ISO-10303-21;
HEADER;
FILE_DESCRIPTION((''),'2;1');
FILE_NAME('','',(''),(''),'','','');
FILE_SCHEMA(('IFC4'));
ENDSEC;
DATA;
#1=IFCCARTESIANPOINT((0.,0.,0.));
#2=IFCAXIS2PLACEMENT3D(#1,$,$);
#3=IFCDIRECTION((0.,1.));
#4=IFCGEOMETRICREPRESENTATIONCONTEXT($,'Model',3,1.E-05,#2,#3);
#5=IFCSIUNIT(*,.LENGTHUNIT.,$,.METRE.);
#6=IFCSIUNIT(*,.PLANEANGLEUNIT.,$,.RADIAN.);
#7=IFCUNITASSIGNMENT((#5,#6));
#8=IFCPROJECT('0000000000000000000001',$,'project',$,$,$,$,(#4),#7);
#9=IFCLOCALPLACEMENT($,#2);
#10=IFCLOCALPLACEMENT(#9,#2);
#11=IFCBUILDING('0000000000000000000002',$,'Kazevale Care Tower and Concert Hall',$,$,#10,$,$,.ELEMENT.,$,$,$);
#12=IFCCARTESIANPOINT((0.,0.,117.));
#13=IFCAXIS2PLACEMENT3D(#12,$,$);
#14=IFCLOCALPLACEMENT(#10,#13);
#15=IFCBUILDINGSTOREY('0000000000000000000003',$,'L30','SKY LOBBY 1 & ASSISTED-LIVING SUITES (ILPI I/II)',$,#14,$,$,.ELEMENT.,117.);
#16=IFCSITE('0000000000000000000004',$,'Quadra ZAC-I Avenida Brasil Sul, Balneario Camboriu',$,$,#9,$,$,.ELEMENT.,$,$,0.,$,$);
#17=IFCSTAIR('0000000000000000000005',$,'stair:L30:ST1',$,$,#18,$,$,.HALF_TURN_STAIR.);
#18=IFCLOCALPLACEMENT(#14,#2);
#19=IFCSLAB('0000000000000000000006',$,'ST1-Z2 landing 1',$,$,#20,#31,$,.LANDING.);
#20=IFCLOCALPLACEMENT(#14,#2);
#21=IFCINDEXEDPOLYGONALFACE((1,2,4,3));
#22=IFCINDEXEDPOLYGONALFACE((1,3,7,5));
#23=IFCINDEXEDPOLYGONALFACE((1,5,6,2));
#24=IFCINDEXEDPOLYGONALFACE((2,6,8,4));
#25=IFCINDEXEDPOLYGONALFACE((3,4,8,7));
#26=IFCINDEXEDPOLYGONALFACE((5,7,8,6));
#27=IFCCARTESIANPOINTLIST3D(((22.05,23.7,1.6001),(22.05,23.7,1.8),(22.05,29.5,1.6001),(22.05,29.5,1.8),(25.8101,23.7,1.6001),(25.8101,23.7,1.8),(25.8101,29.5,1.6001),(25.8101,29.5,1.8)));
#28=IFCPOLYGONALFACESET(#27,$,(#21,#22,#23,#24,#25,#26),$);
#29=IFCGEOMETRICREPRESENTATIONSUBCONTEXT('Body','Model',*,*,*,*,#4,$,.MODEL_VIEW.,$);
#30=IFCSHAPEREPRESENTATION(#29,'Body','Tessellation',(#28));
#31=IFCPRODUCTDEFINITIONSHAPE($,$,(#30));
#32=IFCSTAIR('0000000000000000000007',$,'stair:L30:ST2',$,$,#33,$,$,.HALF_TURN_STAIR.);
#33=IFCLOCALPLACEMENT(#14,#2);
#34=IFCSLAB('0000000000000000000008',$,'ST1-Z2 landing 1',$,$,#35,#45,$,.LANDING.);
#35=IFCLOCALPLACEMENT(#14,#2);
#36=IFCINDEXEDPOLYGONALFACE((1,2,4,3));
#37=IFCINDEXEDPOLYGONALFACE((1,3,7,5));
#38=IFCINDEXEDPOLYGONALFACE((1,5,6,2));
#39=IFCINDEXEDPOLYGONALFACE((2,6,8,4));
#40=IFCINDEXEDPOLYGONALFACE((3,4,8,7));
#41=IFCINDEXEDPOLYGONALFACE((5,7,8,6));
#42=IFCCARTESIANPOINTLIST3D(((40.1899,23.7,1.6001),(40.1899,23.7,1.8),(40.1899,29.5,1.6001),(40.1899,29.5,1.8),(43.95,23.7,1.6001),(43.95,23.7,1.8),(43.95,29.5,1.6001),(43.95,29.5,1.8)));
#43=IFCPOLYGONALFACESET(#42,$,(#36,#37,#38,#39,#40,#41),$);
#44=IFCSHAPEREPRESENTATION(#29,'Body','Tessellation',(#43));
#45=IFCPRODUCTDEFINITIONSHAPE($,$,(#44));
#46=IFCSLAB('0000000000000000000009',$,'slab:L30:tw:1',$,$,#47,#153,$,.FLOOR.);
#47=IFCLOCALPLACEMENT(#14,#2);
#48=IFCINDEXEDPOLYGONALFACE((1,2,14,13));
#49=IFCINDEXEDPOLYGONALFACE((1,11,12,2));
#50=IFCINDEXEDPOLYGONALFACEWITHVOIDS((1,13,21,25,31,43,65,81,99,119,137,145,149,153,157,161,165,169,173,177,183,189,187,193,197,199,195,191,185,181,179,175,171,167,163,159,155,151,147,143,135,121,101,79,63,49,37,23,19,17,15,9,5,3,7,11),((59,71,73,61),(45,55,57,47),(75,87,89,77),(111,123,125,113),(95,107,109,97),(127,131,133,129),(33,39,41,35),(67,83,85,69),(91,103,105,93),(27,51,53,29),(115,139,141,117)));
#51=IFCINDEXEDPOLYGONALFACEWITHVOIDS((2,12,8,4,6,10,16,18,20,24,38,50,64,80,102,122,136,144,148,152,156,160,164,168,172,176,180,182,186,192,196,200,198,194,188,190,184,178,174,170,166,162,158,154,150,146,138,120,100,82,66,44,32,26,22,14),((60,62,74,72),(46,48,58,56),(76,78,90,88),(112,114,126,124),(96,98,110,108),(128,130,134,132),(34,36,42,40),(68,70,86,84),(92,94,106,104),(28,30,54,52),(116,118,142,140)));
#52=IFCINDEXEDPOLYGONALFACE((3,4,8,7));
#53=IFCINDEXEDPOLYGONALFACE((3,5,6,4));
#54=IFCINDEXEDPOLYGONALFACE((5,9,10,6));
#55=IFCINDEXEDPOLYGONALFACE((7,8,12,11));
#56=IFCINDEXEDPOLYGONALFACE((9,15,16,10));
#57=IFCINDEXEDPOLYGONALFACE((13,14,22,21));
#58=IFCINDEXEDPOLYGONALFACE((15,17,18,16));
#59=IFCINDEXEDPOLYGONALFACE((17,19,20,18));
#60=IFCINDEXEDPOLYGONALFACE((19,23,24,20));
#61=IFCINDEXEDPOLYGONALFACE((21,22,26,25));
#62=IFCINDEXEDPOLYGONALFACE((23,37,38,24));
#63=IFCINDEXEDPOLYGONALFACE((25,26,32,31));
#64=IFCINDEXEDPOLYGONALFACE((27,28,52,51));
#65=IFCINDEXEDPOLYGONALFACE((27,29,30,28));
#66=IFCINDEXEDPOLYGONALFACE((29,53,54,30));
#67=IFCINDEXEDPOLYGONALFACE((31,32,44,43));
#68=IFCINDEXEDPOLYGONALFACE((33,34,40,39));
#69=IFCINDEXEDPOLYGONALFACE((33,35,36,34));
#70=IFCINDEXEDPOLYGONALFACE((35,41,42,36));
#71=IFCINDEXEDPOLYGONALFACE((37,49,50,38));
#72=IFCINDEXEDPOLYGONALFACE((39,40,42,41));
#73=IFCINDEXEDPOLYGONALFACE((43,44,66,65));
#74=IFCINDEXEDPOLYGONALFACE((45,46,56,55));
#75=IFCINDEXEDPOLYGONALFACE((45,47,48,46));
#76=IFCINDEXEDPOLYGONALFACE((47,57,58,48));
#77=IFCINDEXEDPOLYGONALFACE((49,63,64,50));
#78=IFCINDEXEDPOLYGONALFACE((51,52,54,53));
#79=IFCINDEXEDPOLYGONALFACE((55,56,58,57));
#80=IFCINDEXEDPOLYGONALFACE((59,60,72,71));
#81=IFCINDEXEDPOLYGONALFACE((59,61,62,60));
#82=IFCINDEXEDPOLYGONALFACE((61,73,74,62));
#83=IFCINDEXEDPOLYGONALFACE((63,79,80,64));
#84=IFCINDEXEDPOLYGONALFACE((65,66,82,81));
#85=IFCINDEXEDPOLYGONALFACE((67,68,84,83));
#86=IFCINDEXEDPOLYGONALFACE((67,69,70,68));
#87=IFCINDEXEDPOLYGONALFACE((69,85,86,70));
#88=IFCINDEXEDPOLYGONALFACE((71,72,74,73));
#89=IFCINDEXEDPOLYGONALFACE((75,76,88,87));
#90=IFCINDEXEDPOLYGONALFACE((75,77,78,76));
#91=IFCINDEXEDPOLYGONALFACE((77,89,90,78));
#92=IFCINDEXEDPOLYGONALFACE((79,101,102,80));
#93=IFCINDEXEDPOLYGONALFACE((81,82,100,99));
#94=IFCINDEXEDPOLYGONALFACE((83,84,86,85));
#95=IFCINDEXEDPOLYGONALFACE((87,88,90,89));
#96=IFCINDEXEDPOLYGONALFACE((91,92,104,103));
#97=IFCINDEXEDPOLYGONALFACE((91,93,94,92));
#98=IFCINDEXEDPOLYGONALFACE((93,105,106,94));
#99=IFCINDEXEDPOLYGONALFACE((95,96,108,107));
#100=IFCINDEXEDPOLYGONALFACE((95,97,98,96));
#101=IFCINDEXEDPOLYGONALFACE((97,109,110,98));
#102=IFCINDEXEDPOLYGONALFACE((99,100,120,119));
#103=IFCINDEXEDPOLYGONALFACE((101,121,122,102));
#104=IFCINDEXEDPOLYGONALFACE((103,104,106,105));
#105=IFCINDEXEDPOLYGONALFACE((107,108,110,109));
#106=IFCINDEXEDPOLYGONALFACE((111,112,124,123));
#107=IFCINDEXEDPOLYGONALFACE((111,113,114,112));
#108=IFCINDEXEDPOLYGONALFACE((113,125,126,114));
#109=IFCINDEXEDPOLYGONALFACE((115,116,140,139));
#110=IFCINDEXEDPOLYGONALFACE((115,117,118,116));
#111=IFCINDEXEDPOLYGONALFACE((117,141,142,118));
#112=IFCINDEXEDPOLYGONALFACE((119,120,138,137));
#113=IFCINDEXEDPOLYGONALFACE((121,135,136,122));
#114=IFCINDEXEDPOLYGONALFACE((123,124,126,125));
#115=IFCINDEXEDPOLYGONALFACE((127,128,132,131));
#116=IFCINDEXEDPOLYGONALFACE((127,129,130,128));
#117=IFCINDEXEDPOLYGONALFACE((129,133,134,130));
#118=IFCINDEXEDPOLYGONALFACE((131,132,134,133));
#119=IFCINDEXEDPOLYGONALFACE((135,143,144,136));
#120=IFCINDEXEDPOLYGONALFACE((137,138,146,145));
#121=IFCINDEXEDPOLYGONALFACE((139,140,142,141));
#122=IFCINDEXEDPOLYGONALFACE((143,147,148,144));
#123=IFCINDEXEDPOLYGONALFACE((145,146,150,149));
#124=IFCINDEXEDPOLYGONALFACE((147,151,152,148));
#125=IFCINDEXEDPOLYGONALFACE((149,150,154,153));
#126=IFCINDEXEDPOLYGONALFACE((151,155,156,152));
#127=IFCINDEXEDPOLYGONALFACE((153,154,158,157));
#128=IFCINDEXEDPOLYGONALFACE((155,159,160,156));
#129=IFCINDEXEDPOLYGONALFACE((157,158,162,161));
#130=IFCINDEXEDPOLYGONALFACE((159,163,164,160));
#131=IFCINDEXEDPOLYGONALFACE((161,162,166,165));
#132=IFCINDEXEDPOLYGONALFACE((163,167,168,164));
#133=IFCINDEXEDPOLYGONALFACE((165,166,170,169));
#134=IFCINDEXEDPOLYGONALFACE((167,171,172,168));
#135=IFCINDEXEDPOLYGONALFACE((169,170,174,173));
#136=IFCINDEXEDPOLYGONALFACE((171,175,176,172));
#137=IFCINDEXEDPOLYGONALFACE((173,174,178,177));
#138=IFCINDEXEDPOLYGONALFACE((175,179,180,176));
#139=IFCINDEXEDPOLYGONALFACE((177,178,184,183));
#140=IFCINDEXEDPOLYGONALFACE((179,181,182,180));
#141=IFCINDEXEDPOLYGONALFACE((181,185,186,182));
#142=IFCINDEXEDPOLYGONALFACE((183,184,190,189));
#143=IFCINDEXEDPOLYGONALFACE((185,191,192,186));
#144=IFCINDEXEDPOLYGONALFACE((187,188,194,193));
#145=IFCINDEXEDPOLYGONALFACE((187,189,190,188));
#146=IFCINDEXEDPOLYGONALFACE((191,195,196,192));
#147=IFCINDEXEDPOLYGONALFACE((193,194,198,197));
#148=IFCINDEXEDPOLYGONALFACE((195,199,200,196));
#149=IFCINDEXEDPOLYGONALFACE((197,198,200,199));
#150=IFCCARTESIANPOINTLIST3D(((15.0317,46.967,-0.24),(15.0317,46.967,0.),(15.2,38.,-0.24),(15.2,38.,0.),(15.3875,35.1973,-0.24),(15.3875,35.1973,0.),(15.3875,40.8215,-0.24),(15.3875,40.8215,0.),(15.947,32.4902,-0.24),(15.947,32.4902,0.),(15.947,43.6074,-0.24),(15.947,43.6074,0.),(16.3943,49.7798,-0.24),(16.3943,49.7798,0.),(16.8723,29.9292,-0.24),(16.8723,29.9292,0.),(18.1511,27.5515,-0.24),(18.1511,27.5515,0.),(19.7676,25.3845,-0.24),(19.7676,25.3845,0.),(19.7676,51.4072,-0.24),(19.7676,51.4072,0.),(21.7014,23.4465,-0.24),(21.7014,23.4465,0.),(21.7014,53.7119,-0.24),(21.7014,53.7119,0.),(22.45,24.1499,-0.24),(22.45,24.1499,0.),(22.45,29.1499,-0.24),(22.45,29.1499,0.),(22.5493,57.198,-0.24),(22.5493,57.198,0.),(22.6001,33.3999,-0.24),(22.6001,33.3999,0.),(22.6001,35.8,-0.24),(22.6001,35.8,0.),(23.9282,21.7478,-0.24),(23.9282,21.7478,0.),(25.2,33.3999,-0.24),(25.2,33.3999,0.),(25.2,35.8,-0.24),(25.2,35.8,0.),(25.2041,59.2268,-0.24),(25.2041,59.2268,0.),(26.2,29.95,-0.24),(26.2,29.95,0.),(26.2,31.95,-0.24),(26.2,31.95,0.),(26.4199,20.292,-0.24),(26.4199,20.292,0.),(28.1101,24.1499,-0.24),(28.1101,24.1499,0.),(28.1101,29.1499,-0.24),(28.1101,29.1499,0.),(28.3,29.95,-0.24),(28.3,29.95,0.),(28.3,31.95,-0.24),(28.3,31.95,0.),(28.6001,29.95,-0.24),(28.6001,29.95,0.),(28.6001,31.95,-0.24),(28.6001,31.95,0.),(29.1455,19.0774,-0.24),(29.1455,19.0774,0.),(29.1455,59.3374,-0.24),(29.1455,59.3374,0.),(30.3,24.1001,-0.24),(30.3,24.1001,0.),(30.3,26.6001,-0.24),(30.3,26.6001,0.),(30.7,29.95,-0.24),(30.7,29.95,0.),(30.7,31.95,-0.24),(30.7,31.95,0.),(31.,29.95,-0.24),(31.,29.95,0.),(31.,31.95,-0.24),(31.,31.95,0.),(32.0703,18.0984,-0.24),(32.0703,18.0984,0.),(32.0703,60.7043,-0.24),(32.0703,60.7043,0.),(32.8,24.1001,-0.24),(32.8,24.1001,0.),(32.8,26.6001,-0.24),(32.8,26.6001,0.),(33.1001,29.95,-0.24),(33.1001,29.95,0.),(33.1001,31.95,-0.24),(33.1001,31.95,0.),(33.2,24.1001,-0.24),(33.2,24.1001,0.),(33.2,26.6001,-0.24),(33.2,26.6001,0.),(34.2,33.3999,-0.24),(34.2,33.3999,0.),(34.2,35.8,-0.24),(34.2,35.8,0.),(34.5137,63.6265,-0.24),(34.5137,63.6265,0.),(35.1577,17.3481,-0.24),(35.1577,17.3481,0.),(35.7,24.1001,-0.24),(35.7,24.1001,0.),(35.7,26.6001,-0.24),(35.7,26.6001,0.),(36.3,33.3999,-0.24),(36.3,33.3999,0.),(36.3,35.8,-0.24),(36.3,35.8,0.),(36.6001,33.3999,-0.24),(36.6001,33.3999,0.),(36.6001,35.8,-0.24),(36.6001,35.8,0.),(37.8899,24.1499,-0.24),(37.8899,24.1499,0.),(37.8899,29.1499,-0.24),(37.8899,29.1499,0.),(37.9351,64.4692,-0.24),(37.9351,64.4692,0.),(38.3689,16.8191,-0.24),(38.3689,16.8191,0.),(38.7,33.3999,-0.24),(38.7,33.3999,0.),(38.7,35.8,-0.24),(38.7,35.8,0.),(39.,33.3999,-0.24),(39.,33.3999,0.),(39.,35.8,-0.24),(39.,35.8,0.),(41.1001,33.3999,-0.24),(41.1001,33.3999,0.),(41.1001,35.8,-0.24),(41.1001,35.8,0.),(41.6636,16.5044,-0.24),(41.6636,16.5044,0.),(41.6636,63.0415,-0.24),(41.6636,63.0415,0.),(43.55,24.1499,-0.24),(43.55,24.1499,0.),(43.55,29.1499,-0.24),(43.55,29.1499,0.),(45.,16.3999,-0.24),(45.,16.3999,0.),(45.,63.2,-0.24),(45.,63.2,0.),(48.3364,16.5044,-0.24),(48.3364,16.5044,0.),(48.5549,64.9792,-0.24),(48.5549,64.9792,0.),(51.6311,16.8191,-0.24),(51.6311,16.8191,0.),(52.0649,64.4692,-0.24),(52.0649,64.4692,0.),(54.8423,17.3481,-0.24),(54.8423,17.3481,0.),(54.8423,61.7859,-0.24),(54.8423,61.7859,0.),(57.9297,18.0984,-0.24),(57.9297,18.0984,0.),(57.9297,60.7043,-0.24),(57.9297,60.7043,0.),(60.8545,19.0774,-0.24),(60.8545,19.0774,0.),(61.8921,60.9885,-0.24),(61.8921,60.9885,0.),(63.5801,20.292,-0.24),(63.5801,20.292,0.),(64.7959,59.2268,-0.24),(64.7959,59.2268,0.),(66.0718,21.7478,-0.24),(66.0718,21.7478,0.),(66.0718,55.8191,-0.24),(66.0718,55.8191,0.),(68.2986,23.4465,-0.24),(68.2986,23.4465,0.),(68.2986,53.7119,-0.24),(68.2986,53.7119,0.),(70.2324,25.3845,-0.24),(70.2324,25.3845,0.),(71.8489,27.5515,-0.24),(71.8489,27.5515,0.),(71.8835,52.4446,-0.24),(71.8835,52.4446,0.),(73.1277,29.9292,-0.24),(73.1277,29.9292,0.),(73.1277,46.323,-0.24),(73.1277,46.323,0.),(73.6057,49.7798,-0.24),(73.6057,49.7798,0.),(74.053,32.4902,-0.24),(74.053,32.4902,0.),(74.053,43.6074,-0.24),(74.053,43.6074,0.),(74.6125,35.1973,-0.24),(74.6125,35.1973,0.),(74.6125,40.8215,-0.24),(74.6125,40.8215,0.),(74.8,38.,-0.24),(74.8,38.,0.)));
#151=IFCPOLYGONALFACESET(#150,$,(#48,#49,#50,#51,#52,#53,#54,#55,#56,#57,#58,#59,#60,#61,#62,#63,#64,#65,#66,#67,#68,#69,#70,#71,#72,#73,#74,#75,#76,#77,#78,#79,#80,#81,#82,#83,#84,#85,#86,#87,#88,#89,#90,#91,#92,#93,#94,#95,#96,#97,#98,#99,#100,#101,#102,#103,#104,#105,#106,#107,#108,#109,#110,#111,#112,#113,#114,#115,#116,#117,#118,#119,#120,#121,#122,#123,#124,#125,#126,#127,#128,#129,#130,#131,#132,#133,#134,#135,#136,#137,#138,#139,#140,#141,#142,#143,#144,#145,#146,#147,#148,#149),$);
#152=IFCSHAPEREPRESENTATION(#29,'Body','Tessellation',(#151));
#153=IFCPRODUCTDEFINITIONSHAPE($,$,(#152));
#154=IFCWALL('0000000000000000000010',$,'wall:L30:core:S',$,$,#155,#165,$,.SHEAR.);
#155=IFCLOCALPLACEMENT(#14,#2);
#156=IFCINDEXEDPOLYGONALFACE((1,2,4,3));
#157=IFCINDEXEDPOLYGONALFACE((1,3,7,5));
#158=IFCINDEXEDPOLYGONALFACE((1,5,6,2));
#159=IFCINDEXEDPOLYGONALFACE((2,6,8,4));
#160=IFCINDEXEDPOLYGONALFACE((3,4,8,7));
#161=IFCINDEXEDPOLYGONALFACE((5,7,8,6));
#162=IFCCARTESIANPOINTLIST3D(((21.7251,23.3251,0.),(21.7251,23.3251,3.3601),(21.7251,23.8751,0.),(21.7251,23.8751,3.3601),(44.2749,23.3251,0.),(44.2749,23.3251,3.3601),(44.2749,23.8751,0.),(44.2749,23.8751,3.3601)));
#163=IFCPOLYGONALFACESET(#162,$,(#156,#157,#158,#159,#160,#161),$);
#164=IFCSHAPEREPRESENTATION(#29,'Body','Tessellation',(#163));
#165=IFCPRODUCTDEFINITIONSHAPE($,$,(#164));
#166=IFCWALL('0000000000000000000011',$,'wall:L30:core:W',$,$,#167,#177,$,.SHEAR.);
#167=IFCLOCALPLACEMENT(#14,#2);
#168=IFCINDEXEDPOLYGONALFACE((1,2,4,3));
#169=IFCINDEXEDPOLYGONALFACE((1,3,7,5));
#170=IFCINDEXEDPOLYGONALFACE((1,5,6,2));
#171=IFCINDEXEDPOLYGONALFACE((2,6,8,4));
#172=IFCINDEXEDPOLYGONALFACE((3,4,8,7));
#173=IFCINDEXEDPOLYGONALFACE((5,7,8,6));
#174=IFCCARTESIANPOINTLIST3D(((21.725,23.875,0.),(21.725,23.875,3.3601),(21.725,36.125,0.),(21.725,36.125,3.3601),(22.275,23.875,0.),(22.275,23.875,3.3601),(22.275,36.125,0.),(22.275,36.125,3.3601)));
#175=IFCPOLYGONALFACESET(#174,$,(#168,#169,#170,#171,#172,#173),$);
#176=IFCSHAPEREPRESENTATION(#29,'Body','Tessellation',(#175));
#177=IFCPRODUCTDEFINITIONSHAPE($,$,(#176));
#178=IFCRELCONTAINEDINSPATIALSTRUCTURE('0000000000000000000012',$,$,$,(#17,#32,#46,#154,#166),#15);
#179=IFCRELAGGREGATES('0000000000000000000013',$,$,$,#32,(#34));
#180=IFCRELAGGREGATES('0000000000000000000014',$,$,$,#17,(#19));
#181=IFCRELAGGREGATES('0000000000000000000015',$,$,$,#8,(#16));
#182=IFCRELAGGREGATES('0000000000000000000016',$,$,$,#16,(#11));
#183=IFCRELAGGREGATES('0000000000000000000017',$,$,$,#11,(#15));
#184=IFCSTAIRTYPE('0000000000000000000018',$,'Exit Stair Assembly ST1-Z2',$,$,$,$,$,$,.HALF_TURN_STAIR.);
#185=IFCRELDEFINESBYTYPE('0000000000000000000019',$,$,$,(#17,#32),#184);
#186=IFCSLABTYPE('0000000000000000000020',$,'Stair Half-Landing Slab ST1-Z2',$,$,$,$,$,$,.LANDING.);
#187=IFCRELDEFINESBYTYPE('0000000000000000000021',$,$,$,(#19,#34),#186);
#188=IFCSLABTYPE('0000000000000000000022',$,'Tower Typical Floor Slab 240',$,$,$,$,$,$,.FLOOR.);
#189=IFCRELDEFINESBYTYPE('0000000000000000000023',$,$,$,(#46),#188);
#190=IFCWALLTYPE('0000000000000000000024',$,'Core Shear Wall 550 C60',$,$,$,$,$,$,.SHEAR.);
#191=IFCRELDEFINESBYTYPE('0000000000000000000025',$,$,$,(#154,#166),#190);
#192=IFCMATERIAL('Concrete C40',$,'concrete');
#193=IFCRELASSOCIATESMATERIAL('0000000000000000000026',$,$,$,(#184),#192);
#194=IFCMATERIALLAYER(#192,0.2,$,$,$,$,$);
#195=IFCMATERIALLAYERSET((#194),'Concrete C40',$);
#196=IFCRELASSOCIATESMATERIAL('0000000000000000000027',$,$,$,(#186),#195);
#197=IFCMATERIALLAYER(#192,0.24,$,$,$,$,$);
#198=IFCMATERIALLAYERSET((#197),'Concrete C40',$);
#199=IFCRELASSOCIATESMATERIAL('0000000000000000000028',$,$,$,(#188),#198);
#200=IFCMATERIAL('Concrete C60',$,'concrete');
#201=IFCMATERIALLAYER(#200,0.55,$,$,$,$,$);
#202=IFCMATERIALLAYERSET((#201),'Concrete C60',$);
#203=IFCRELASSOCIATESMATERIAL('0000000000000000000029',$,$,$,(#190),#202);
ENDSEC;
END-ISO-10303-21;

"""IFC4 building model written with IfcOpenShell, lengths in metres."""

from ifc_helpers import new_model, si_unit, direction, frame, frame_2d, origin, place, context, subcontext, project, spatial, polyline, rectangle, outline, extrude, material, layer, layer_set, type_object, element, aggregate, save


model = new_model("IFC4")

# Units and contexts
model_context = context("Model", 3, precision=1e-05, world=origin(), true_north=direction((0.0, 1.0)))
body_context = subcontext(model_context, "Body", "Model", "MODEL_VIEW")
ifc_project = project(units=[si_unit("LENGTHUNIT", "METRE"), si_unit("PLANEANGLEUNIT", "RADIAN")], contexts=[model_context])

# Site, building, storey
site_placement = place(None, origin())
site = spatial("IfcSite", under=ifc_project, at=site_placement, Name="Quadra ZAC-I Avenida Brasil Sul, Balneario Camboriu", CompositionType="ELEMENT", RefElevation=0.0)
building_placement = place(site_placement, origin())
building = spatial("IfcBuilding", under=site, at=building_placement, Name="Kazevale Care Tower and Concert Hall", CompositionType="ELEMENT")
storey_placement = place(building_placement, frame((0.0, 0.0, 117.0)))
storey = spatial("IfcBuildingStorey", under=building, at=storey_placement, Name="L30", Description="SKY LOBBY 1 & ASSISTED-LIVING SUITES (ILPI I/II)", CompositionType="ELEMENT", Elevation=117.0)

# Shared definitions
ifc_material_1 = material(Name="Concrete C60", Category="concrete")

# Shared definitions
ifc_material_2 = material(Name="Concrete C40", Category="concrete")

# Stairs, slabs
stair_type = type_object("IfcStairType", Name="Exit Stair Assembly ST1-Z2", PredefinedType="HALF_TURN_STAIR", material=ifc_material_2)
stair_1_placement = place(storey_placement, origin())
stair_1 = element("IfcStair", 1, at=stair_1_placement, inside=storey, type_object=stair_type, Name="stair:L30:ST1", PredefinedType="HALF_TURN_STAIR")
ifc_layer_1 = layer(ifc_material_2, 0.2)
ifc_layer_set_1 = layer_set([ifc_layer_1], Name="Concrete C40")
slab_type_1 = type_object("IfcSlabType", Name="Stair Half-Landing Slab ST1-Z2", PredefinedType="LANDING", material=ifc_layer_set_1)
slab_1_placement = place(storey_placement, frame((0.0, 0.0, 1.6001)))
slab_1 = element("IfcSlab", 2, at=slab_1_placement, type_object=slab_type_1, Name="ST1-Z2 landing 1", PredefinedType="LANDING", context=body_context, shape_type="SweptSolid", body=[
    extrude(outline(polyline([(22.05, 23.7), (25.8101, 23.7), (25.8101, 29.5), (22.05, 29.5), (22.05, 23.7)])), origin(), (0.0, 0.0, 1.0), 0.2),
])
stair_2_placement = place(storey_placement, origin())
stair_2 = element("IfcStair", 3, at=stair_2_placement, inside=storey, type_object=stair_type, Name="stair:L30:ST2", PredefinedType="HALF_TURN_STAIR")
slab_2_placement = place(storey_placement, frame((0.0, 0.0, 1.6001)))
slab_2 = element("IfcSlab", 4, at=slab_2_placement, type_object=slab_type_1, Name="ST1-Z2 landing 1", PredefinedType="LANDING", context=body_context, shape_type="SweptSolid", body=[
    extrude(outline(polyline([(40.1899, 23.7), (43.95, 23.7), (43.95, 29.5), (40.1899, 29.5), (40.1899, 23.7)])), origin(), (0.0, 0.0, 1.0), 0.2),
])
aggregate(stair_2, [slab_2])

# Slab
ifc_layer_2 = layer(ifc_material_2, 0.24)
ifc_layer_set_2 = layer_set([ifc_layer_2], Name="Concrete C40")
slab_type_2 = type_object("IfcSlabType", Name="Tower Typical Floor Slab 240", PredefinedType="FLOOR", material=ifc_layer_set_2)
slab_3_placement = place(storey_placement, frame((0.0, 0.0, -0.24)))
element("IfcSlab", 5, at=slab_3_placement, inside=storey, type_object=slab_type_2, Name="slab:L30:tw:1", PredefinedType="FLOOR", context=body_context, shape_type="SweptSolid", body=[
    extrude(outline(polyline([(74.8, 38.0), (74.6125, 40.8215), (74.053, 43.6074), (73.1277, 46.323), (73.6057, 49.7798), (71.8835, 52.4446), (68.2986, 53.7119), (66.0718, 55.8191), (64.7959, 59.2268), (61.8921, 60.9885), (57.9297, 60.7043), (54.8423, 61.7859), (52.0649, 64.4692), (48.5549, 64.9792), (45.0, 63.2), (41.6636, 63.0415), (37.9351, 64.4692), (34.5137, 63.6265), (32.0703, 60.7043), (29.1455, 59.3374), (25.2041, 59.2268), (22.5493, 57.198), (21.7014, 53.7119), (19.7676, 51.4072), (16.3943, 49.7798), (15.0317, 46.967), (15.947, 43.6074), (15.3875, 40.8215), (15.2, 38.0), (15.3875, 35.1973), (15.947, 32.4902), (16.8723, 29.9292), (18.1511, 27.5515), (19.7676, 25.3845), (21.7014, 23.4465), (23.9282, 21.7478), (26.4199, 20.292), (29.1455, 19.0774), (32.0703, 18.0984), (35.1577, 17.3481), (38.3689, 16.8191), (41.6636, 16.5044), (45.0, 16.3999), (48.3364, 16.5044), (51.6311, 16.8191), (54.8423, 17.3481), (57.9297, 18.0984), (60.8545, 19.0774), (63.5801, 20.292), (66.0718, 21.7478), (68.2986, 23.4465), (70.2324, 25.3845), (71.8489, 27.5515), (73.1277, 29.9292), (74.053, 32.4902), (74.6125, 35.1973), (74.8, 38.0)]), holes=[polyline([(22.45, 24.1499), (28.1101, 24.1499), (28.1101, 29.1499), (22.45, 29.1499), (22.45, 24.1499)]), polyline([(37.8899, 24.1499), (43.55, 24.1499), (43.55, 29.1499), (37.8899, 29.1499), (37.8899, 24.1499)]), polyline([(30.3, 24.1001), (32.8, 24.1001), (32.8, 26.6001), (30.3, 26.6001), (30.3, 24.1001)]), polyline([(33.2, 24.1001), (35.7, 24.1001), (35.7, 26.6001), (33.2, 26.6001), (33.2, 24.1001)]), polyline([(22.6001, 33.3999), (25.2, 33.3999), (25.2, 35.8), (22.6001, 35.8), (22.6001, 33.3999)]), polyline([(34.2, 33.3999), (36.3, 33.3999), (36.3, 35.8), (34.2, 35.8), (34.2, 33.3999)]), polyline([(36.6001, 33.3999), (38.7, 33.3999), (38.7, 35.8), (36.6001, 35.8), (36.6001, 33.3999)]), polyline([(39.0, 33.3999), (41.1001, 33.3999), (41.1001, 35.8), (39.0, 35.8), (39.0, 33.3999)]), polyline([(26.2, 29.95), (28.3, 29.95), (28.3, 31.95), (26.2, 31.95), (26.2, 29.95)]), polyline([(28.6001, 29.95), (30.7, 29.95), (30.7, 31.95), (28.6001, 31.95), (28.6001, 29.95)]), polyline([(31.0, 29.95), (33.1001, 29.95), (33.1001, 31.95), (31.0, 31.95), (31.0, 29.95)])]), origin(), (0.0, 0.0, 1.0), 0.24),
])

# Walls
ifc_layer_3 = layer(ifc_material_1, 0.55)
ifc_layer_set_3 = layer_set([ifc_layer_3], Name="Concrete C60")
wall_type_1 = type_object("IfcWallType", Name="Core Shear Wall 550 C60", PredefinedType="SHEAR", material=ifc_layer_set_3)
wall_1_placement = place(storey_placement, frame((21.7251, 23.6001, 0.0), z_axis=(0.0, 0.0, 1.0), x_axis=(1.0, 0.0, 0.0)))
element("IfcWall", 6, at=wall_1_placement, inside=storey, type_object=wall_type_1, Name="wall:L30:core:S", PredefinedType="SHEAR", context=body_context, shape_type="SweptSolid", body=[
    extrude(rectangle(XDim=22.5498, YDim=0.55, at=frame_2d((11.2749, 0.0))), origin(), (0.0, 0.0, 1.0), 3.3601),
])
wall_2_placement = place(storey_placement, frame((22.0, 23.875, 0.0), z_axis=(0.0, 0.0, 1.0), x_axis=(0.0, 1.0, 0.0)))
element("IfcWall", 7, at=wall_2_placement, inside=storey, type_object=wall_type_1, Name="wall:L30:core:W", PredefinedType="SHEAR", context=body_context, shape_type="SweptSolid", body=[
    extrude(rectangle(XDim=12.25, YDim=0.55, at=frame_2d((6.125, 0.0))), origin(), (0.0, 0.0, 1.0), 3.3601),
])

aggregate(stair_1, [slab_1])

save(model, "model.ifc")
